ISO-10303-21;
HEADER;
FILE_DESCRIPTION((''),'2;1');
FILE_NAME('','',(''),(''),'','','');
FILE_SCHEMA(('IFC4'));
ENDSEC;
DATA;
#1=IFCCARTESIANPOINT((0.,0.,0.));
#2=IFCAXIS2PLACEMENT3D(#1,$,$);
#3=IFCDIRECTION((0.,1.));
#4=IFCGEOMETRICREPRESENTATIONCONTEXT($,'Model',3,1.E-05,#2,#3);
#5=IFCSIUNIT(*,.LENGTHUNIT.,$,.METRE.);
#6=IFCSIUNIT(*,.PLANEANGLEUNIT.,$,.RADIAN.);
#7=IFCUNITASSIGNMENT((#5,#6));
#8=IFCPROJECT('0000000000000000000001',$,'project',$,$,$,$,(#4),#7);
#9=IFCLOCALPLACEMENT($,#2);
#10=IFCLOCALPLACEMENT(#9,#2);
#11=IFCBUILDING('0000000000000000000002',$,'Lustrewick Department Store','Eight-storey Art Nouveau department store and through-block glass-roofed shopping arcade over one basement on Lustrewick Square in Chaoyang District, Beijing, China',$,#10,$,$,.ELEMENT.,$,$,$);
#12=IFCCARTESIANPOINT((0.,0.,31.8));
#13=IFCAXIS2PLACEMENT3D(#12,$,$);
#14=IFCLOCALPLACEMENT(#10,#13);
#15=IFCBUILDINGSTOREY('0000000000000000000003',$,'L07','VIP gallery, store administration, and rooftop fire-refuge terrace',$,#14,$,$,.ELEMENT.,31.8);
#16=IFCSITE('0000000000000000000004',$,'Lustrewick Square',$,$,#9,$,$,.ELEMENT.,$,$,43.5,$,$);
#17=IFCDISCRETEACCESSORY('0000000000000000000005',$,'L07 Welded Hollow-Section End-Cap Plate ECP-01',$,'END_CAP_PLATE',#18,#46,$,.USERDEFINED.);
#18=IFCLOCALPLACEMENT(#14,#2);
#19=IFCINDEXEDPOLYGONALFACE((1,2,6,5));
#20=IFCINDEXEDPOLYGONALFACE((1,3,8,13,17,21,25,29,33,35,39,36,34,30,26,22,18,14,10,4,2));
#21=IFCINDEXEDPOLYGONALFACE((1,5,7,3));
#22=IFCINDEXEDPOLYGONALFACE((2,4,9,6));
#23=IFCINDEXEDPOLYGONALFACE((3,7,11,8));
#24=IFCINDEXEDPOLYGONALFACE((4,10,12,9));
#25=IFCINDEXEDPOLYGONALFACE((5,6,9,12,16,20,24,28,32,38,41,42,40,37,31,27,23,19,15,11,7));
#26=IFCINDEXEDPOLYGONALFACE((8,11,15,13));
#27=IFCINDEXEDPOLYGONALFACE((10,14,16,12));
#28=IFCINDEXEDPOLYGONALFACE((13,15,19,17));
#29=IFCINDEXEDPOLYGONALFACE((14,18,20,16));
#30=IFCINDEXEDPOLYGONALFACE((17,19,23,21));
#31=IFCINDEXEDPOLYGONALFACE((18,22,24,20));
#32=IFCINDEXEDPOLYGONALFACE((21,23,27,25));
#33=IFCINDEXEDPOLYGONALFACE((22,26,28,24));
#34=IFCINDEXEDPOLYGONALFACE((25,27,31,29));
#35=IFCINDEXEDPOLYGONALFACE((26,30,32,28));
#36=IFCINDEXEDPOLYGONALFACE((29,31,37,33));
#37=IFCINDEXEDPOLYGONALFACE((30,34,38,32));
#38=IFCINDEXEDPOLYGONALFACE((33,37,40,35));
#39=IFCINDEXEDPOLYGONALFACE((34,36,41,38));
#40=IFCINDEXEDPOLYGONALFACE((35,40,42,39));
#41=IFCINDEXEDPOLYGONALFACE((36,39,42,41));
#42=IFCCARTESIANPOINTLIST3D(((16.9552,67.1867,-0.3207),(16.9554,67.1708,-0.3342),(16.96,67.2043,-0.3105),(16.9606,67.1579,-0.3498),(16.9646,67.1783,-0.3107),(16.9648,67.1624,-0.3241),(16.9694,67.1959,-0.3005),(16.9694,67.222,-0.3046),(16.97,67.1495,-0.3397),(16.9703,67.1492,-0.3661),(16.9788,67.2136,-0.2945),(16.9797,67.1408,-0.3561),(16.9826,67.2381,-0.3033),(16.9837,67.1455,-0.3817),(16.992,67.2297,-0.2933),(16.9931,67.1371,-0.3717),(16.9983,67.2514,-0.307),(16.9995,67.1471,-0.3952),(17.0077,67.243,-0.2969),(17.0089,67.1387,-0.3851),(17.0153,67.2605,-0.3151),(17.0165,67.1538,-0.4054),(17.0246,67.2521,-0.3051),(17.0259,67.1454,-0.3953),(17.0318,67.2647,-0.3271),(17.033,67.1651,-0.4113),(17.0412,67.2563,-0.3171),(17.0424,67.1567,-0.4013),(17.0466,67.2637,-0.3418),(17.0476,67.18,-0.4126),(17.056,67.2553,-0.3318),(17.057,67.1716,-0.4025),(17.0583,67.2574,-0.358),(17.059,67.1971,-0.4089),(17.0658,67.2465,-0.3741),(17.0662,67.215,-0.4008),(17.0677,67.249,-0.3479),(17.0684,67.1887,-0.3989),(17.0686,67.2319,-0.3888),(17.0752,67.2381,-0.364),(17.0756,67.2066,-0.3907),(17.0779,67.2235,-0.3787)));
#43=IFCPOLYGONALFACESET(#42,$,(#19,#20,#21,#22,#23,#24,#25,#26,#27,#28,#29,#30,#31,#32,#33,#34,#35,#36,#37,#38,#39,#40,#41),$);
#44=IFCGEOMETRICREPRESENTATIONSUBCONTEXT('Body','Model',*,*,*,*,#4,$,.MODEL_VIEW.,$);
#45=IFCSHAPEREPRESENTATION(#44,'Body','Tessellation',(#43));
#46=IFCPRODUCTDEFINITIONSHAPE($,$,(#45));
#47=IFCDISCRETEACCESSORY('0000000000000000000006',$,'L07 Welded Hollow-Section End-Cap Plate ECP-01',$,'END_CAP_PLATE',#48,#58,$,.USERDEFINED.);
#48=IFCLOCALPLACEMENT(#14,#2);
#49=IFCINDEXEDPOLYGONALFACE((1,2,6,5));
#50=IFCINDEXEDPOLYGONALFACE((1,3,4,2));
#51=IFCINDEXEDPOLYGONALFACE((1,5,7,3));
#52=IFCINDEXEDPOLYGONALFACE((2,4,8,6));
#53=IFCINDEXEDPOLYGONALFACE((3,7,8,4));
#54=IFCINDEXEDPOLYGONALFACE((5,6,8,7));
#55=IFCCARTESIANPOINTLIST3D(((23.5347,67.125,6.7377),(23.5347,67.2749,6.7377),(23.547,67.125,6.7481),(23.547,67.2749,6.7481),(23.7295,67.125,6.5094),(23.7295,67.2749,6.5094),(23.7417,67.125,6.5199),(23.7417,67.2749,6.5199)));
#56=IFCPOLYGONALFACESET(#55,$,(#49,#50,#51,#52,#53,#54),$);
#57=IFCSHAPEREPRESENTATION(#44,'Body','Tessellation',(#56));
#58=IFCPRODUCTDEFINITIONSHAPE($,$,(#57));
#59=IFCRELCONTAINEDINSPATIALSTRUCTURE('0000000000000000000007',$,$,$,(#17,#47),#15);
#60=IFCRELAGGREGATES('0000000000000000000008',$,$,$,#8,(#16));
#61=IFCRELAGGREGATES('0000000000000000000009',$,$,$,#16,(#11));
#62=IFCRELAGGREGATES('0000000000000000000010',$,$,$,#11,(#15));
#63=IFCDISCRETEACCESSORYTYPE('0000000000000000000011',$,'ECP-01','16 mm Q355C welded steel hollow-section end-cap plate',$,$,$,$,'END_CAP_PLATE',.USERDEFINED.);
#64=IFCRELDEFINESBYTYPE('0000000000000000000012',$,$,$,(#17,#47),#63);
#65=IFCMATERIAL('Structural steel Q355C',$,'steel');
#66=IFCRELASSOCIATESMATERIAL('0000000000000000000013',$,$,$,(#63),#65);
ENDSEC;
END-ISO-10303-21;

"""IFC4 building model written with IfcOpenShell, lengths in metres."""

from ifc_helpers import new_model, si_unit, direction, frame, origin, origin_2d, place, context, subcontext, project, spatial, rectangle, circle, extrude, material, type_object, element, save


model = new_model("IFC4")

# Units and contexts
model_context = context("Model", 3, precision=1e-05, world=origin(), true_north=direction((0.0, 1.0)))
body_context = subcontext(model_context, "Body", "Model", "MODEL_VIEW")
ifc_project = project(units=[si_unit("LENGTHUNIT", "METRE"), si_unit("PLANEANGLEUNIT", "RADIAN")], contexts=[model_context])

# Site, building, storey
site_placement = place(None, origin())
site = spatial("IfcSite", under=ifc_project, at=site_placement, Name="Lustrewick Square", CompositionType="ELEMENT", RefElevation=43.5)
building_placement = place(site_placement, origin())
building = spatial("IfcBuilding", under=site, at=building_placement, Name="Lustrewick Department Store", Description="Eight-storey Art Nouveau department store and through-block glass-roofed shopping arcade over one basement on Lustrewick Square in Chaoyang District, Beijing, China", CompositionType="ELEMENT")
storey_placement = place(building_placement, frame((0.0, 0.0, 31.8)))
storey = spatial("IfcBuildingStorey", under=building, at=storey_placement, Name="L07", Description="VIP gallery, store administration, and rooftop fire-refuge terrace", CompositionType="ELEMENT", Elevation=31.8)

# Shared definitions
ifc_material_1 = material(Name="Structural steel Q355C", Category="steel")

# Discrete accessories
discrete_accessory_type_1 = type_object("IfcDiscreteAccessoryType", Name="ECP-01", Description="16 mm Q355C welded steel hollow-section end-cap plate", ElementType="END_CAP_PLATE", PredefinedType="USERDEFINED", material=ifc_material_1)
discrete_accessory_1_placement = place(storey_placement, frame((17.021, 67.1968, -0.3479), z_axis=(-0.582586, 0.520975, -0.623842), x_axis=(0.666591, 0.745423, 0.0)))
element("IfcDiscreteAccessory", 1, at=discrete_accessory_1_placement, inside=storey, type_object=discrete_accessory_type_1, Name="L07 Welded Hollow-Section End-Cap Plate ECP-01", ObjectType="END_CAP_PLATE", PredefinedType="USERDEFINED", context=body_context, shape_type="SweptSolid", body=[
    extrude(circle(Radius=0.0701, at=origin_2d()), origin(), (0.0, 0.0, 1.0), 0.0161),
])
discrete_accessory_2_placement = place(storey_placement, frame((23.6321, 67.2, 6.6235), z_axis=(0.76068, 0.0, 0.649127), x_axis=(0.0, 1.0, 0.0)))
element("IfcDiscreteAccessory", 2, at=discrete_accessory_2_placement, inside=storey, type_object=discrete_accessory_type_1, Name="L07 Welded Hollow-Section End-Cap Plate ECP-01", ObjectType="END_CAP_PLATE", PredefinedType="USERDEFINED", context=body_context, shape_type="SweptSolid", body=[
    extrude(rectangle(XDim=0.1499, YDim=0.3, at=origin_2d()), origin(), (0.0, 0.0, 1.0), 0.0161),
])

save(model, "model.ifc")
